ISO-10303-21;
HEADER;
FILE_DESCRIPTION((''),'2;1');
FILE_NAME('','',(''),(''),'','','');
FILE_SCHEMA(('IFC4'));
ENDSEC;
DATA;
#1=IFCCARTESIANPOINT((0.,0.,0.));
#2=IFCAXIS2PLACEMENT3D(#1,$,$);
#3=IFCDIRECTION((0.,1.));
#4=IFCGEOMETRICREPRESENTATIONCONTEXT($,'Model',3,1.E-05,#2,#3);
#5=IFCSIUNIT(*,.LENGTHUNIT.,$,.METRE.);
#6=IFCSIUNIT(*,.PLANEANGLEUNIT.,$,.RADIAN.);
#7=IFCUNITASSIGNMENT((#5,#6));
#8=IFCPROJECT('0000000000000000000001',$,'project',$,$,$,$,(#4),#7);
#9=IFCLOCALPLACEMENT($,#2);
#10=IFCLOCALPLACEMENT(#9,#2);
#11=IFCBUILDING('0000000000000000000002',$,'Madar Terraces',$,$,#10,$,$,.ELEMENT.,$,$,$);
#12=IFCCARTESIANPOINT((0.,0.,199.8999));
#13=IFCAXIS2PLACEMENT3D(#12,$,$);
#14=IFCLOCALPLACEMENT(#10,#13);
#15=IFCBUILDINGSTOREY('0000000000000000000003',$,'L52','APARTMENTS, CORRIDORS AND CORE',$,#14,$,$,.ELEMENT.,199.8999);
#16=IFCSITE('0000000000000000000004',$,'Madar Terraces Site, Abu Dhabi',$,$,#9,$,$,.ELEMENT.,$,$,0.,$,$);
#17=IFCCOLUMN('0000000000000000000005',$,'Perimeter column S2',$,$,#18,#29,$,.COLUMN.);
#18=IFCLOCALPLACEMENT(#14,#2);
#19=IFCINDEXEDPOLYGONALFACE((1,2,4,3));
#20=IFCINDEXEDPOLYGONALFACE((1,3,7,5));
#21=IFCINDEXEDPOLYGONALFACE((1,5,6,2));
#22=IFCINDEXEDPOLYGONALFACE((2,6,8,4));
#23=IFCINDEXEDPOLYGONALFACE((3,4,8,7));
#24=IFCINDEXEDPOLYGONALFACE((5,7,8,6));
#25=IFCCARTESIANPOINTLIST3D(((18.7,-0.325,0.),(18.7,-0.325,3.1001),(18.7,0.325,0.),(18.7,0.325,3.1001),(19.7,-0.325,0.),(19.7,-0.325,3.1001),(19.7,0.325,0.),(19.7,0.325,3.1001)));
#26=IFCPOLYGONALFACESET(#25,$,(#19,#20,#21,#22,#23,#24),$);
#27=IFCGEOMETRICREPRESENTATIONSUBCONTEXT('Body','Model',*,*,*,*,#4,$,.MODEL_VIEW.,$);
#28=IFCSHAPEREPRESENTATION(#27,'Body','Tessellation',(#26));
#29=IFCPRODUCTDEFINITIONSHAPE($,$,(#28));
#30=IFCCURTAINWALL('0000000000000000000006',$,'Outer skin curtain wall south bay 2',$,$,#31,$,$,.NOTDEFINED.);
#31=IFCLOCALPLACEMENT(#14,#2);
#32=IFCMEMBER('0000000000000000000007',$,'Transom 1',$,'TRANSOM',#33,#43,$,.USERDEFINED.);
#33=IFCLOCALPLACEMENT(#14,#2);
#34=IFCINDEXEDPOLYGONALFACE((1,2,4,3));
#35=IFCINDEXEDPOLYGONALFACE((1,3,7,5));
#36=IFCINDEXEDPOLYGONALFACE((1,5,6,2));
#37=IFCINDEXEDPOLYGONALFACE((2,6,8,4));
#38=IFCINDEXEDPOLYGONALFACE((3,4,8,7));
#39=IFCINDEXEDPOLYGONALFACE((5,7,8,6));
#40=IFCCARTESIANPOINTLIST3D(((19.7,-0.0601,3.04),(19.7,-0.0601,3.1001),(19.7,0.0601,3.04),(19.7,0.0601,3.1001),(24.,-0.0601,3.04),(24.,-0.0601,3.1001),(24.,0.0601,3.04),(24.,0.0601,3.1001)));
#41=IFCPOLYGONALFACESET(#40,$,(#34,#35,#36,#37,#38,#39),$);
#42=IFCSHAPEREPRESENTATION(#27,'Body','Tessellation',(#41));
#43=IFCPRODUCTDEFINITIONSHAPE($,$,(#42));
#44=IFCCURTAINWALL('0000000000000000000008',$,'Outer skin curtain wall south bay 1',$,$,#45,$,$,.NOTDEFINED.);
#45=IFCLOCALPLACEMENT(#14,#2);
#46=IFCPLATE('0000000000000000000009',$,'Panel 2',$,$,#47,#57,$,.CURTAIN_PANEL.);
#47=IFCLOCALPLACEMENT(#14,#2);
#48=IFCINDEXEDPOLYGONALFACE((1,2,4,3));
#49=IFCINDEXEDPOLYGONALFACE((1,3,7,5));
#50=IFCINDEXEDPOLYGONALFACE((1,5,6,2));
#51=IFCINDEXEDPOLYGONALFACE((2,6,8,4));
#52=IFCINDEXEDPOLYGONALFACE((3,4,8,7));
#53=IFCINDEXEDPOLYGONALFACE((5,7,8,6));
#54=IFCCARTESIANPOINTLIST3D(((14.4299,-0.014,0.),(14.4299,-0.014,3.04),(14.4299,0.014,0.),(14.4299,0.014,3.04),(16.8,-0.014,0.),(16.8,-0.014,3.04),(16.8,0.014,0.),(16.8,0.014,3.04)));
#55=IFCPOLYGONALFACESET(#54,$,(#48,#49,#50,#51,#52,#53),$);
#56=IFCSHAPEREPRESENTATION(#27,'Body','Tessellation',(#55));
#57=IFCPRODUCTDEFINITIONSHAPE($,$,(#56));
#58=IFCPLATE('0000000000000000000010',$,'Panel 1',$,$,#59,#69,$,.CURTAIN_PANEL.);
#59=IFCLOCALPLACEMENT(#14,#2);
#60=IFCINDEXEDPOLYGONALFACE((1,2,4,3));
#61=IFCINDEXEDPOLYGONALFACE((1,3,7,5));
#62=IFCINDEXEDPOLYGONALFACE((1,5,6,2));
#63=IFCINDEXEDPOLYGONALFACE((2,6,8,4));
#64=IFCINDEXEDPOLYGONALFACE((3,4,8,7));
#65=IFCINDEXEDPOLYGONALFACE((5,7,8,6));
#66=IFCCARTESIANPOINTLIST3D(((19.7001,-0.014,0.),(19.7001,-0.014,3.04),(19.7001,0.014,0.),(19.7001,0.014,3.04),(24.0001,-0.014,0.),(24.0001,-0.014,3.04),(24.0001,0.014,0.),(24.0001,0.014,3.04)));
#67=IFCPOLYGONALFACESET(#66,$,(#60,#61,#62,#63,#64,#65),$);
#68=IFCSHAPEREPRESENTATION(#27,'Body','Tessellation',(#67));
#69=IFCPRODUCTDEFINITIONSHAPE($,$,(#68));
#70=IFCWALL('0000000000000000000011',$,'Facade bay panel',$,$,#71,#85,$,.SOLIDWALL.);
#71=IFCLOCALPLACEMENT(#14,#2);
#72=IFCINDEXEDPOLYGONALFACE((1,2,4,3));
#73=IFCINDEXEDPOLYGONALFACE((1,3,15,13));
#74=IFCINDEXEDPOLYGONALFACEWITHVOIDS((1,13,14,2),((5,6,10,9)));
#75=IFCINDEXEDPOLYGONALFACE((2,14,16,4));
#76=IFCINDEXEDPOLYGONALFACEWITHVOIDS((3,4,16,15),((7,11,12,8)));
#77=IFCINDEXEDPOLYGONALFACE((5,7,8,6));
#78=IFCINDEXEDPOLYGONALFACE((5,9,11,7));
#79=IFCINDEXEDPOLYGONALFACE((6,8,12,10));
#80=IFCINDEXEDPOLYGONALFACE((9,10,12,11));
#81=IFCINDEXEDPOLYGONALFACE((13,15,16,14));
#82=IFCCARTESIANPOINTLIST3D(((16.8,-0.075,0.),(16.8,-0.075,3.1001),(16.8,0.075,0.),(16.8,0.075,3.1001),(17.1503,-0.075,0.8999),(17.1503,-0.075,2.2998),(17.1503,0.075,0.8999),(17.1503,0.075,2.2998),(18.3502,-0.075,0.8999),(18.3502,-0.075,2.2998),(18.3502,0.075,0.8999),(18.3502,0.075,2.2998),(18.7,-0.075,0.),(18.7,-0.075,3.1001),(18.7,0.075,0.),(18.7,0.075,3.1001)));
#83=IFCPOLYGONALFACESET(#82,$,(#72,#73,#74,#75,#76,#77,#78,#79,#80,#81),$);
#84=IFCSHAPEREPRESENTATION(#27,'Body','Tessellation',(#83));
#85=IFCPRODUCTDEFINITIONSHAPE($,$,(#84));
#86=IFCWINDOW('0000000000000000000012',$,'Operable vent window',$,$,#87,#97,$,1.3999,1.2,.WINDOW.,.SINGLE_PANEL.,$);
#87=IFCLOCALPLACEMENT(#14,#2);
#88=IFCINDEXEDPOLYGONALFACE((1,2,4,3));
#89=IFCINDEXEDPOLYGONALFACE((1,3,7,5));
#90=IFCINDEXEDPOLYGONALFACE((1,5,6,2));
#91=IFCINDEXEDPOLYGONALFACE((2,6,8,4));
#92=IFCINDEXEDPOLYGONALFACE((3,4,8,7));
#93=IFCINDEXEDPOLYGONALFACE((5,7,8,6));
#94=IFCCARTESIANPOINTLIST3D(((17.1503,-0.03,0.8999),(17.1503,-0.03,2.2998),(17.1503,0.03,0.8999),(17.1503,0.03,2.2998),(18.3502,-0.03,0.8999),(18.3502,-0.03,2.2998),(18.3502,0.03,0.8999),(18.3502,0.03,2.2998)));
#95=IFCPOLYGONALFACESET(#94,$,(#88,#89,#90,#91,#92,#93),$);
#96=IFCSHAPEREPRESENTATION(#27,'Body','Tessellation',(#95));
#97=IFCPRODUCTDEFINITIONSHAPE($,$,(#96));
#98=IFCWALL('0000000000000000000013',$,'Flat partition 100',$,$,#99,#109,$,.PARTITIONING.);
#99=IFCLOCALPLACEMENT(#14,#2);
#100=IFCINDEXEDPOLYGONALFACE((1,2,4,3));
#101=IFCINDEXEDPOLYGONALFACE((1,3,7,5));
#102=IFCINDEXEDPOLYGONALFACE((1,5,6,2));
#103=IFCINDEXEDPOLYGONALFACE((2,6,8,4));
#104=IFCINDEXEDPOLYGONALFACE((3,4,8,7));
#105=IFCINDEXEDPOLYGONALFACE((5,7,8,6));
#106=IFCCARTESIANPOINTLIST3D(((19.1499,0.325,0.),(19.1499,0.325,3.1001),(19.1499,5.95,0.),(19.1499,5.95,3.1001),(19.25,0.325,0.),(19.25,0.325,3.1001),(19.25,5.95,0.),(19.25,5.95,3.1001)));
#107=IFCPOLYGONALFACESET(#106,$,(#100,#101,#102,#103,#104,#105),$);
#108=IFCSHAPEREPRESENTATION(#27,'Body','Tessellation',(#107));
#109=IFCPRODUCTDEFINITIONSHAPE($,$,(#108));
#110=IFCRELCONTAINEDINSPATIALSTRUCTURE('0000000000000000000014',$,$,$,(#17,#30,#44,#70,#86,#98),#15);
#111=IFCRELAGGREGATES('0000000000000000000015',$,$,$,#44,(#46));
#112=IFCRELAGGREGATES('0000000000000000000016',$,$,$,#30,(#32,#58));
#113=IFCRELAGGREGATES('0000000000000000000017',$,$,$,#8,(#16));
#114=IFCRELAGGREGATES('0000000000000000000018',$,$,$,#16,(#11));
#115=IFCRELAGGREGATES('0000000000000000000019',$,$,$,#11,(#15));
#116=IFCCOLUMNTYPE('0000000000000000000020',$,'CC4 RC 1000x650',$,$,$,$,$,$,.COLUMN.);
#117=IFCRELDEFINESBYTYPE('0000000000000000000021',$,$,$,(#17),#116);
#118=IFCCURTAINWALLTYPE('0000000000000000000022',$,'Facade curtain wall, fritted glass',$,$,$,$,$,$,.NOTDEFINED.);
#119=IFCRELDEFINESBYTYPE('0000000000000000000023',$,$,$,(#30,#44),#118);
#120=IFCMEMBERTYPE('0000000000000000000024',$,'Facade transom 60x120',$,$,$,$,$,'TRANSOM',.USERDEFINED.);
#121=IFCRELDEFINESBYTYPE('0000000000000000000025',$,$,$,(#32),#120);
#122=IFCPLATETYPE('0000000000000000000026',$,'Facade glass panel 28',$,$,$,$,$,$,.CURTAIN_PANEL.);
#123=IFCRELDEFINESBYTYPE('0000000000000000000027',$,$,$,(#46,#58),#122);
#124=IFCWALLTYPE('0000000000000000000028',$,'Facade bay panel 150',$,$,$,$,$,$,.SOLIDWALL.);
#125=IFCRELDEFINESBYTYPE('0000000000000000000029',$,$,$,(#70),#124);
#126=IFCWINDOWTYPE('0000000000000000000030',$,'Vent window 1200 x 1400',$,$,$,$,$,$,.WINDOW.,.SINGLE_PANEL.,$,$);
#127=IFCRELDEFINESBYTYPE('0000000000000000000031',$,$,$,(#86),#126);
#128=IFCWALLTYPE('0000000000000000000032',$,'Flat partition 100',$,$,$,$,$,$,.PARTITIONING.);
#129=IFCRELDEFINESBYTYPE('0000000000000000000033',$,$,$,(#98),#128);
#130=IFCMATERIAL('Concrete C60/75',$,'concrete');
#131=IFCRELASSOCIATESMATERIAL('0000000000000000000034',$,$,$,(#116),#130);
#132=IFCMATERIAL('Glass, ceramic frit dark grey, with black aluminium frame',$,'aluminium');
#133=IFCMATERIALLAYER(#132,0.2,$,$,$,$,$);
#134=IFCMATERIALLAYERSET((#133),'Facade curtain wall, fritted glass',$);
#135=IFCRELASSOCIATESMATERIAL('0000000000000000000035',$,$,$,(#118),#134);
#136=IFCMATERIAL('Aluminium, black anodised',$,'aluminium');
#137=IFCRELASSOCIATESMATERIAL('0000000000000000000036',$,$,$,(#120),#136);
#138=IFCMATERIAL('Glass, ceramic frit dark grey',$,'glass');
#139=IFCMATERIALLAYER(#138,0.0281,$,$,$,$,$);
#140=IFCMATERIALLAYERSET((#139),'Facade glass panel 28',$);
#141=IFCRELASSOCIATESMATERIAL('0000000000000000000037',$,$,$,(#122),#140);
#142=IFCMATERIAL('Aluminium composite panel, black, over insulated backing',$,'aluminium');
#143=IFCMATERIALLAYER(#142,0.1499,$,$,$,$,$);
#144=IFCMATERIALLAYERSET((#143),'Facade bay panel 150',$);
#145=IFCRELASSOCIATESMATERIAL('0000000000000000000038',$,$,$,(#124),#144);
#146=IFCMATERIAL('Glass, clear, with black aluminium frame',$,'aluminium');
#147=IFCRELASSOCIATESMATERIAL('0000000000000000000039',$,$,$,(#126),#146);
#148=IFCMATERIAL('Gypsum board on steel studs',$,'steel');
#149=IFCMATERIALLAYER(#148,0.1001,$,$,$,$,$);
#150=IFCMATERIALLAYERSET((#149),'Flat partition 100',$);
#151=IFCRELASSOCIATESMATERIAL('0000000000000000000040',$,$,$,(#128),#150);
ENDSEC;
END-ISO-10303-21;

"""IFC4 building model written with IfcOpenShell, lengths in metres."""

from ifc_helpers import new_model, si_unit, direction, frame, frame_2d, origin, origin_2d, place, context, subcontext, project, spatial, rectangle, extrude, material, layer, layer_set, material_profile, profile_set, type_object, element, fill, aggregate, save


model = new_model("IFC4")

# Units and contexts
model_context = context("Model", 3, precision=1e-05, world=origin(), true_north=direction((0.0, 1.0)))
body_context = subcontext(model_context, "Body", "Model", "MODEL_VIEW")
ifc_project = project(units=[si_unit("LENGTHUNIT", "METRE"), si_unit("PLANEANGLEUNIT", "RADIAN")], contexts=[model_context])

# Site, building, storey
site_placement = place(None, origin())
site = spatial("IfcSite", under=ifc_project, at=site_placement, Name="Madar Terraces Site, Abu Dhabi", CompositionType="ELEMENT", RefElevation=0.0)
building_placement = place(site_placement, origin())
building = spatial("IfcBuilding", under=site, at=building_placement, Name="Madar Terraces", CompositionType="ELEMENT")
storey_placement = place(building_placement, frame((0.0, 0.0, 199.8999)))
storey = spatial("IfcBuildingStorey", under=building, at=storey_placement, Name="L52", Description="APARTMENTS, CORRIDORS AND CORE", CompositionType="ELEMENT", Elevation=199.8999)

# Column
ifc_material_1 = material(Name="Concrete C60/75", Category="concrete")
ifc_material_profile_1 = material_profile(ifc_material_1, rectangle(XDim=1.0, YDim=0.6499, at=origin_2d()), Name="CC4 RC 1000x650")
ifc_profile_set_1 = profile_set([ifc_material_profile_1], Name="Concrete C60/75")
column_type = type_object("IfcColumnType", Name="CC4 RC 1000x650", PredefinedType="COLUMN", material=ifc_profile_set_1)
column_placement = place(storey_placement, frame((19.2, 0.0, 0.0), z_axis=(0.0, 0.0, 1.0), x_axis=(1.0, 0.0, 0.0)))
element("IfcColumn", 1, at=column_placement, inside=storey, type_object=column_type, Name="Perimeter column S2", PredefinedType="COLUMN", context=body_context, shape_type="SweptSolid", body=[
    extrude(rectangle(XDim=1.0, YDim=0.6499, at=origin_2d()), origin(), (0.0, 0.0, 1.0), 3.1001),
])

# Curtain wall, member
ifc_material_2 = material(Name="Glass, ceramic frit dark grey, with black aluminium frame", Category="aluminium")
ifc_layer_1 = layer(ifc_material_2, 0.2)
ifc_layer_set_1 = layer_set([ifc_layer_1], Name="Facade curtain wall, fritted glass")
curtain_wall_type = type_object("IfcCurtainWallType", Name="Facade curtain wall, fritted glass", PredefinedType="NOTDEFINED", material=ifc_layer_set_1)
curtain_wall_1_placement = place(storey_placement, origin())
curtain_wall_1 = element("IfcCurtainWall", 2, at=curtain_wall_1_placement, inside=storey, type_object=curtain_wall_type, Name="Outer skin curtain wall south bay 2", PredefinedType="NOTDEFINED")
ifc_material_3 = material(Name="Aluminium, black anodised", Category="aluminium")
ifc_material_profile_2 = material_profile(ifc_material_3, rectangle(XDim=0.1201, YDim=0.0601, at=origin_2d()), Name="Facade transom 60x120")
ifc_profile_set_2 = profile_set([ifc_material_profile_2], Name="Aluminium, black anodised")
member_type = type_object("IfcMemberType", Name="Facade transom 60x120", ElementType="TRANSOM", PredefinedType="USERDEFINED", material=ifc_profile_set_2)
member_placement = place(storey_placement, frame((19.7, 0.0, 3.0701), z_axis=(1.0, 0.0, 0.0), x_axis=(0.0, 1.0, 0.0)))
member = element("IfcMember", 3, at=member_placement, type_object=member_type, Name="Transom 1", ObjectType="TRANSOM", PredefinedType="USERDEFINED", context=body_context, shape_type="SweptSolid", body=[
    extrude(rectangle(XDim=0.1201, YDim=0.0601, at=origin_2d()), origin(), (0.0, 0.0, 1.0), 4.3),
])

# Curtain wall, plate
curtain_wall_2_placement = place(storey_placement, origin())
curtain_wall_2 = element("IfcCurtainWall", 4, at=curtain_wall_2_placement, inside=storey, type_object=curtain_wall_type, Name="Outer skin curtain wall south bay 1", PredefinedType="NOTDEFINED")
ifc_material_4 = material(Name="Glass, ceramic frit dark grey", Category="glass")
ifc_layer_2 = layer(ifc_material_4, 0.0281)
ifc_layer_set_2 = layer_set([ifc_layer_2], Name="Facade glass panel 28")
plate_type = type_object("IfcPlateType", Name="Facade glass panel 28", PredefinedType="CURTAIN_PANEL", material=ifc_layer_set_2)
plate_1_placement = place(storey_placement, frame((15.615, 0.0, 0.0), z_axis=(0.0, 0.0, 1.0), x_axis=(1.0, 0.0, 0.0)))
plate_1 = element("IfcPlate", 5, at=plate_1_placement, type_object=plate_type, Name="Panel 2", PredefinedType="CURTAIN_PANEL", context=body_context, shape_type="SweptSolid", body=[
    extrude(rectangle(XDim=2.3701, YDim=0.0281, at=origin_2d()), origin(), (0.0, 0.0, 1.0), 3.04),
])
aggregate(curtain_wall_2, [plate_1])

# Plate
plate_2_placement = place(storey_placement, frame((21.8501, 0.0, 0.0), z_axis=(0.0, 0.0, 1.0), x_axis=(1.0, 0.0, 0.0)))
plate_2 = element("IfcPlate", 6, at=plate_2_placement, type_object=plate_type, Name="Panel 1", PredefinedType="CURTAIN_PANEL", context=body_context, shape_type="SweptSolid", body=[
    extrude(rectangle(XDim=4.3, YDim=0.0281, at=origin_2d()), origin(), (0.0, 0.0, 1.0), 3.04),
])
aggregate(curtain_wall_1, [member, plate_2])

# Wall, opening, window
ifc_material_5 = material(Name="Aluminium composite panel, black, over insulated backing", Category="aluminium")
ifc_layer_3 = layer(ifc_material_5, 0.1499)
ifc_layer_set_3 = layer_set([ifc_layer_3], Name="Facade bay panel 150")
wall_type_1 = type_object("IfcWallType", Name="Facade bay panel 150", PredefinedType="SOLIDWALL", material=ifc_layer_set_3)
wall_1_placement = place(storey_placement, frame((16.8, 0.0, 0.0), z_axis=(0.0, 0.0, 1.0), x_axis=(1.0, 0.0, 0.0)))
wall_1 = element("IfcWall", 7, at=wall_1_placement, inside=storey, type_object=wall_type_1, Name="Facade bay panel", PredefinedType="SOLIDWALL", context=body_context, shape_type="SweptSolid", body=[
    extrude(rectangle(XDim=1.8999, YDim=0.1499, at=frame_2d((0.95, 0.0))), origin(), (0.0, 0.0, 1.0), 3.1001),
])
opening_1_placement = place(wall_1_placement, frame((0.3501, 0.0, 0.8999)))
opening_1 = element("IfcOpeningElement", 8, at=opening_1_placement, cuts=wall_1, PredefinedType="OPENING", context=body_context, shape_type="SweptSolid", body=[
    extrude(rectangle(XDim=1.2, YDim=1.3999, at=frame_2d((0.6001, 0.7))), frame((0.0, 0.085, 0.0), z_axis=(0.0, -1.0, 0.0), x_axis=(1.0, 0.0, 0.0)), (0.0, 0.0, 1.0), 0.1699),
])
ifc_material_6 = material(Name="Glass, clear, with black aluminium frame", Category="aluminium")
window_type = type_object("IfcWindowType", Name="Vent window 1200 x 1400", PartitioningType="SINGLE_PANEL", PredefinedType="WINDOW", material=ifc_material_6)
window_placement = place(opening_1_placement, origin())
window = element("IfcWindow", 9, at=window_placement, inside=storey, type_object=window_type, Name="Operable vent window", OverallHeight=1.3999, OverallWidth=1.2, PartitioningType="SINGLE_PANEL", PredefinedType="WINDOW", context=body_context, shape_type="SweptSolid", body=[
    extrude(rectangle(XDim=1.2, YDim=1.3999, at=frame_2d((0.6001, 0.7))), frame((0.0, 0.03, 0.0), z_axis=(0.0, -1.0, 0.0), x_axis=(1.0, 0.0, 0.0)), (0.0, 0.0, 1.0), 0.0601),
])
fill(opening_1, window)

# Wall
ifc_material_7 = material(Name="Gypsum board on steel studs", Category="steel")
ifc_layer_4 = layer(ifc_material_7, 0.1001)
ifc_layer_set_4 = layer_set([ifc_layer_4], Name="Flat partition 100")
wall_type_2 = type_object("IfcWallType", Name="Flat partition 100", PredefinedType="PARTITIONING", material=ifc_layer_set_4)
wall_2_placement = place(storey_placement, frame((19.2, 5.95, 0.0), z_axis=(0.0, 0.0, 1.0), x_axis=(0.0, -1.0, 0.0)))
element("IfcWall", 10, at=wall_2_placement, inside=storey, type_object=wall_type_2, Name="Flat partition 100", PredefinedType="PARTITIONING", context=body_context, shape_type="SweptSolid", body=[
    extrude(rectangle(XDim=5.625, YDim=0.1001, at=frame_2d((2.8125, 0.0))), origin(), (0.0, 0.0, 1.0), 3.1001),
])

save(model, "model.ifc")
